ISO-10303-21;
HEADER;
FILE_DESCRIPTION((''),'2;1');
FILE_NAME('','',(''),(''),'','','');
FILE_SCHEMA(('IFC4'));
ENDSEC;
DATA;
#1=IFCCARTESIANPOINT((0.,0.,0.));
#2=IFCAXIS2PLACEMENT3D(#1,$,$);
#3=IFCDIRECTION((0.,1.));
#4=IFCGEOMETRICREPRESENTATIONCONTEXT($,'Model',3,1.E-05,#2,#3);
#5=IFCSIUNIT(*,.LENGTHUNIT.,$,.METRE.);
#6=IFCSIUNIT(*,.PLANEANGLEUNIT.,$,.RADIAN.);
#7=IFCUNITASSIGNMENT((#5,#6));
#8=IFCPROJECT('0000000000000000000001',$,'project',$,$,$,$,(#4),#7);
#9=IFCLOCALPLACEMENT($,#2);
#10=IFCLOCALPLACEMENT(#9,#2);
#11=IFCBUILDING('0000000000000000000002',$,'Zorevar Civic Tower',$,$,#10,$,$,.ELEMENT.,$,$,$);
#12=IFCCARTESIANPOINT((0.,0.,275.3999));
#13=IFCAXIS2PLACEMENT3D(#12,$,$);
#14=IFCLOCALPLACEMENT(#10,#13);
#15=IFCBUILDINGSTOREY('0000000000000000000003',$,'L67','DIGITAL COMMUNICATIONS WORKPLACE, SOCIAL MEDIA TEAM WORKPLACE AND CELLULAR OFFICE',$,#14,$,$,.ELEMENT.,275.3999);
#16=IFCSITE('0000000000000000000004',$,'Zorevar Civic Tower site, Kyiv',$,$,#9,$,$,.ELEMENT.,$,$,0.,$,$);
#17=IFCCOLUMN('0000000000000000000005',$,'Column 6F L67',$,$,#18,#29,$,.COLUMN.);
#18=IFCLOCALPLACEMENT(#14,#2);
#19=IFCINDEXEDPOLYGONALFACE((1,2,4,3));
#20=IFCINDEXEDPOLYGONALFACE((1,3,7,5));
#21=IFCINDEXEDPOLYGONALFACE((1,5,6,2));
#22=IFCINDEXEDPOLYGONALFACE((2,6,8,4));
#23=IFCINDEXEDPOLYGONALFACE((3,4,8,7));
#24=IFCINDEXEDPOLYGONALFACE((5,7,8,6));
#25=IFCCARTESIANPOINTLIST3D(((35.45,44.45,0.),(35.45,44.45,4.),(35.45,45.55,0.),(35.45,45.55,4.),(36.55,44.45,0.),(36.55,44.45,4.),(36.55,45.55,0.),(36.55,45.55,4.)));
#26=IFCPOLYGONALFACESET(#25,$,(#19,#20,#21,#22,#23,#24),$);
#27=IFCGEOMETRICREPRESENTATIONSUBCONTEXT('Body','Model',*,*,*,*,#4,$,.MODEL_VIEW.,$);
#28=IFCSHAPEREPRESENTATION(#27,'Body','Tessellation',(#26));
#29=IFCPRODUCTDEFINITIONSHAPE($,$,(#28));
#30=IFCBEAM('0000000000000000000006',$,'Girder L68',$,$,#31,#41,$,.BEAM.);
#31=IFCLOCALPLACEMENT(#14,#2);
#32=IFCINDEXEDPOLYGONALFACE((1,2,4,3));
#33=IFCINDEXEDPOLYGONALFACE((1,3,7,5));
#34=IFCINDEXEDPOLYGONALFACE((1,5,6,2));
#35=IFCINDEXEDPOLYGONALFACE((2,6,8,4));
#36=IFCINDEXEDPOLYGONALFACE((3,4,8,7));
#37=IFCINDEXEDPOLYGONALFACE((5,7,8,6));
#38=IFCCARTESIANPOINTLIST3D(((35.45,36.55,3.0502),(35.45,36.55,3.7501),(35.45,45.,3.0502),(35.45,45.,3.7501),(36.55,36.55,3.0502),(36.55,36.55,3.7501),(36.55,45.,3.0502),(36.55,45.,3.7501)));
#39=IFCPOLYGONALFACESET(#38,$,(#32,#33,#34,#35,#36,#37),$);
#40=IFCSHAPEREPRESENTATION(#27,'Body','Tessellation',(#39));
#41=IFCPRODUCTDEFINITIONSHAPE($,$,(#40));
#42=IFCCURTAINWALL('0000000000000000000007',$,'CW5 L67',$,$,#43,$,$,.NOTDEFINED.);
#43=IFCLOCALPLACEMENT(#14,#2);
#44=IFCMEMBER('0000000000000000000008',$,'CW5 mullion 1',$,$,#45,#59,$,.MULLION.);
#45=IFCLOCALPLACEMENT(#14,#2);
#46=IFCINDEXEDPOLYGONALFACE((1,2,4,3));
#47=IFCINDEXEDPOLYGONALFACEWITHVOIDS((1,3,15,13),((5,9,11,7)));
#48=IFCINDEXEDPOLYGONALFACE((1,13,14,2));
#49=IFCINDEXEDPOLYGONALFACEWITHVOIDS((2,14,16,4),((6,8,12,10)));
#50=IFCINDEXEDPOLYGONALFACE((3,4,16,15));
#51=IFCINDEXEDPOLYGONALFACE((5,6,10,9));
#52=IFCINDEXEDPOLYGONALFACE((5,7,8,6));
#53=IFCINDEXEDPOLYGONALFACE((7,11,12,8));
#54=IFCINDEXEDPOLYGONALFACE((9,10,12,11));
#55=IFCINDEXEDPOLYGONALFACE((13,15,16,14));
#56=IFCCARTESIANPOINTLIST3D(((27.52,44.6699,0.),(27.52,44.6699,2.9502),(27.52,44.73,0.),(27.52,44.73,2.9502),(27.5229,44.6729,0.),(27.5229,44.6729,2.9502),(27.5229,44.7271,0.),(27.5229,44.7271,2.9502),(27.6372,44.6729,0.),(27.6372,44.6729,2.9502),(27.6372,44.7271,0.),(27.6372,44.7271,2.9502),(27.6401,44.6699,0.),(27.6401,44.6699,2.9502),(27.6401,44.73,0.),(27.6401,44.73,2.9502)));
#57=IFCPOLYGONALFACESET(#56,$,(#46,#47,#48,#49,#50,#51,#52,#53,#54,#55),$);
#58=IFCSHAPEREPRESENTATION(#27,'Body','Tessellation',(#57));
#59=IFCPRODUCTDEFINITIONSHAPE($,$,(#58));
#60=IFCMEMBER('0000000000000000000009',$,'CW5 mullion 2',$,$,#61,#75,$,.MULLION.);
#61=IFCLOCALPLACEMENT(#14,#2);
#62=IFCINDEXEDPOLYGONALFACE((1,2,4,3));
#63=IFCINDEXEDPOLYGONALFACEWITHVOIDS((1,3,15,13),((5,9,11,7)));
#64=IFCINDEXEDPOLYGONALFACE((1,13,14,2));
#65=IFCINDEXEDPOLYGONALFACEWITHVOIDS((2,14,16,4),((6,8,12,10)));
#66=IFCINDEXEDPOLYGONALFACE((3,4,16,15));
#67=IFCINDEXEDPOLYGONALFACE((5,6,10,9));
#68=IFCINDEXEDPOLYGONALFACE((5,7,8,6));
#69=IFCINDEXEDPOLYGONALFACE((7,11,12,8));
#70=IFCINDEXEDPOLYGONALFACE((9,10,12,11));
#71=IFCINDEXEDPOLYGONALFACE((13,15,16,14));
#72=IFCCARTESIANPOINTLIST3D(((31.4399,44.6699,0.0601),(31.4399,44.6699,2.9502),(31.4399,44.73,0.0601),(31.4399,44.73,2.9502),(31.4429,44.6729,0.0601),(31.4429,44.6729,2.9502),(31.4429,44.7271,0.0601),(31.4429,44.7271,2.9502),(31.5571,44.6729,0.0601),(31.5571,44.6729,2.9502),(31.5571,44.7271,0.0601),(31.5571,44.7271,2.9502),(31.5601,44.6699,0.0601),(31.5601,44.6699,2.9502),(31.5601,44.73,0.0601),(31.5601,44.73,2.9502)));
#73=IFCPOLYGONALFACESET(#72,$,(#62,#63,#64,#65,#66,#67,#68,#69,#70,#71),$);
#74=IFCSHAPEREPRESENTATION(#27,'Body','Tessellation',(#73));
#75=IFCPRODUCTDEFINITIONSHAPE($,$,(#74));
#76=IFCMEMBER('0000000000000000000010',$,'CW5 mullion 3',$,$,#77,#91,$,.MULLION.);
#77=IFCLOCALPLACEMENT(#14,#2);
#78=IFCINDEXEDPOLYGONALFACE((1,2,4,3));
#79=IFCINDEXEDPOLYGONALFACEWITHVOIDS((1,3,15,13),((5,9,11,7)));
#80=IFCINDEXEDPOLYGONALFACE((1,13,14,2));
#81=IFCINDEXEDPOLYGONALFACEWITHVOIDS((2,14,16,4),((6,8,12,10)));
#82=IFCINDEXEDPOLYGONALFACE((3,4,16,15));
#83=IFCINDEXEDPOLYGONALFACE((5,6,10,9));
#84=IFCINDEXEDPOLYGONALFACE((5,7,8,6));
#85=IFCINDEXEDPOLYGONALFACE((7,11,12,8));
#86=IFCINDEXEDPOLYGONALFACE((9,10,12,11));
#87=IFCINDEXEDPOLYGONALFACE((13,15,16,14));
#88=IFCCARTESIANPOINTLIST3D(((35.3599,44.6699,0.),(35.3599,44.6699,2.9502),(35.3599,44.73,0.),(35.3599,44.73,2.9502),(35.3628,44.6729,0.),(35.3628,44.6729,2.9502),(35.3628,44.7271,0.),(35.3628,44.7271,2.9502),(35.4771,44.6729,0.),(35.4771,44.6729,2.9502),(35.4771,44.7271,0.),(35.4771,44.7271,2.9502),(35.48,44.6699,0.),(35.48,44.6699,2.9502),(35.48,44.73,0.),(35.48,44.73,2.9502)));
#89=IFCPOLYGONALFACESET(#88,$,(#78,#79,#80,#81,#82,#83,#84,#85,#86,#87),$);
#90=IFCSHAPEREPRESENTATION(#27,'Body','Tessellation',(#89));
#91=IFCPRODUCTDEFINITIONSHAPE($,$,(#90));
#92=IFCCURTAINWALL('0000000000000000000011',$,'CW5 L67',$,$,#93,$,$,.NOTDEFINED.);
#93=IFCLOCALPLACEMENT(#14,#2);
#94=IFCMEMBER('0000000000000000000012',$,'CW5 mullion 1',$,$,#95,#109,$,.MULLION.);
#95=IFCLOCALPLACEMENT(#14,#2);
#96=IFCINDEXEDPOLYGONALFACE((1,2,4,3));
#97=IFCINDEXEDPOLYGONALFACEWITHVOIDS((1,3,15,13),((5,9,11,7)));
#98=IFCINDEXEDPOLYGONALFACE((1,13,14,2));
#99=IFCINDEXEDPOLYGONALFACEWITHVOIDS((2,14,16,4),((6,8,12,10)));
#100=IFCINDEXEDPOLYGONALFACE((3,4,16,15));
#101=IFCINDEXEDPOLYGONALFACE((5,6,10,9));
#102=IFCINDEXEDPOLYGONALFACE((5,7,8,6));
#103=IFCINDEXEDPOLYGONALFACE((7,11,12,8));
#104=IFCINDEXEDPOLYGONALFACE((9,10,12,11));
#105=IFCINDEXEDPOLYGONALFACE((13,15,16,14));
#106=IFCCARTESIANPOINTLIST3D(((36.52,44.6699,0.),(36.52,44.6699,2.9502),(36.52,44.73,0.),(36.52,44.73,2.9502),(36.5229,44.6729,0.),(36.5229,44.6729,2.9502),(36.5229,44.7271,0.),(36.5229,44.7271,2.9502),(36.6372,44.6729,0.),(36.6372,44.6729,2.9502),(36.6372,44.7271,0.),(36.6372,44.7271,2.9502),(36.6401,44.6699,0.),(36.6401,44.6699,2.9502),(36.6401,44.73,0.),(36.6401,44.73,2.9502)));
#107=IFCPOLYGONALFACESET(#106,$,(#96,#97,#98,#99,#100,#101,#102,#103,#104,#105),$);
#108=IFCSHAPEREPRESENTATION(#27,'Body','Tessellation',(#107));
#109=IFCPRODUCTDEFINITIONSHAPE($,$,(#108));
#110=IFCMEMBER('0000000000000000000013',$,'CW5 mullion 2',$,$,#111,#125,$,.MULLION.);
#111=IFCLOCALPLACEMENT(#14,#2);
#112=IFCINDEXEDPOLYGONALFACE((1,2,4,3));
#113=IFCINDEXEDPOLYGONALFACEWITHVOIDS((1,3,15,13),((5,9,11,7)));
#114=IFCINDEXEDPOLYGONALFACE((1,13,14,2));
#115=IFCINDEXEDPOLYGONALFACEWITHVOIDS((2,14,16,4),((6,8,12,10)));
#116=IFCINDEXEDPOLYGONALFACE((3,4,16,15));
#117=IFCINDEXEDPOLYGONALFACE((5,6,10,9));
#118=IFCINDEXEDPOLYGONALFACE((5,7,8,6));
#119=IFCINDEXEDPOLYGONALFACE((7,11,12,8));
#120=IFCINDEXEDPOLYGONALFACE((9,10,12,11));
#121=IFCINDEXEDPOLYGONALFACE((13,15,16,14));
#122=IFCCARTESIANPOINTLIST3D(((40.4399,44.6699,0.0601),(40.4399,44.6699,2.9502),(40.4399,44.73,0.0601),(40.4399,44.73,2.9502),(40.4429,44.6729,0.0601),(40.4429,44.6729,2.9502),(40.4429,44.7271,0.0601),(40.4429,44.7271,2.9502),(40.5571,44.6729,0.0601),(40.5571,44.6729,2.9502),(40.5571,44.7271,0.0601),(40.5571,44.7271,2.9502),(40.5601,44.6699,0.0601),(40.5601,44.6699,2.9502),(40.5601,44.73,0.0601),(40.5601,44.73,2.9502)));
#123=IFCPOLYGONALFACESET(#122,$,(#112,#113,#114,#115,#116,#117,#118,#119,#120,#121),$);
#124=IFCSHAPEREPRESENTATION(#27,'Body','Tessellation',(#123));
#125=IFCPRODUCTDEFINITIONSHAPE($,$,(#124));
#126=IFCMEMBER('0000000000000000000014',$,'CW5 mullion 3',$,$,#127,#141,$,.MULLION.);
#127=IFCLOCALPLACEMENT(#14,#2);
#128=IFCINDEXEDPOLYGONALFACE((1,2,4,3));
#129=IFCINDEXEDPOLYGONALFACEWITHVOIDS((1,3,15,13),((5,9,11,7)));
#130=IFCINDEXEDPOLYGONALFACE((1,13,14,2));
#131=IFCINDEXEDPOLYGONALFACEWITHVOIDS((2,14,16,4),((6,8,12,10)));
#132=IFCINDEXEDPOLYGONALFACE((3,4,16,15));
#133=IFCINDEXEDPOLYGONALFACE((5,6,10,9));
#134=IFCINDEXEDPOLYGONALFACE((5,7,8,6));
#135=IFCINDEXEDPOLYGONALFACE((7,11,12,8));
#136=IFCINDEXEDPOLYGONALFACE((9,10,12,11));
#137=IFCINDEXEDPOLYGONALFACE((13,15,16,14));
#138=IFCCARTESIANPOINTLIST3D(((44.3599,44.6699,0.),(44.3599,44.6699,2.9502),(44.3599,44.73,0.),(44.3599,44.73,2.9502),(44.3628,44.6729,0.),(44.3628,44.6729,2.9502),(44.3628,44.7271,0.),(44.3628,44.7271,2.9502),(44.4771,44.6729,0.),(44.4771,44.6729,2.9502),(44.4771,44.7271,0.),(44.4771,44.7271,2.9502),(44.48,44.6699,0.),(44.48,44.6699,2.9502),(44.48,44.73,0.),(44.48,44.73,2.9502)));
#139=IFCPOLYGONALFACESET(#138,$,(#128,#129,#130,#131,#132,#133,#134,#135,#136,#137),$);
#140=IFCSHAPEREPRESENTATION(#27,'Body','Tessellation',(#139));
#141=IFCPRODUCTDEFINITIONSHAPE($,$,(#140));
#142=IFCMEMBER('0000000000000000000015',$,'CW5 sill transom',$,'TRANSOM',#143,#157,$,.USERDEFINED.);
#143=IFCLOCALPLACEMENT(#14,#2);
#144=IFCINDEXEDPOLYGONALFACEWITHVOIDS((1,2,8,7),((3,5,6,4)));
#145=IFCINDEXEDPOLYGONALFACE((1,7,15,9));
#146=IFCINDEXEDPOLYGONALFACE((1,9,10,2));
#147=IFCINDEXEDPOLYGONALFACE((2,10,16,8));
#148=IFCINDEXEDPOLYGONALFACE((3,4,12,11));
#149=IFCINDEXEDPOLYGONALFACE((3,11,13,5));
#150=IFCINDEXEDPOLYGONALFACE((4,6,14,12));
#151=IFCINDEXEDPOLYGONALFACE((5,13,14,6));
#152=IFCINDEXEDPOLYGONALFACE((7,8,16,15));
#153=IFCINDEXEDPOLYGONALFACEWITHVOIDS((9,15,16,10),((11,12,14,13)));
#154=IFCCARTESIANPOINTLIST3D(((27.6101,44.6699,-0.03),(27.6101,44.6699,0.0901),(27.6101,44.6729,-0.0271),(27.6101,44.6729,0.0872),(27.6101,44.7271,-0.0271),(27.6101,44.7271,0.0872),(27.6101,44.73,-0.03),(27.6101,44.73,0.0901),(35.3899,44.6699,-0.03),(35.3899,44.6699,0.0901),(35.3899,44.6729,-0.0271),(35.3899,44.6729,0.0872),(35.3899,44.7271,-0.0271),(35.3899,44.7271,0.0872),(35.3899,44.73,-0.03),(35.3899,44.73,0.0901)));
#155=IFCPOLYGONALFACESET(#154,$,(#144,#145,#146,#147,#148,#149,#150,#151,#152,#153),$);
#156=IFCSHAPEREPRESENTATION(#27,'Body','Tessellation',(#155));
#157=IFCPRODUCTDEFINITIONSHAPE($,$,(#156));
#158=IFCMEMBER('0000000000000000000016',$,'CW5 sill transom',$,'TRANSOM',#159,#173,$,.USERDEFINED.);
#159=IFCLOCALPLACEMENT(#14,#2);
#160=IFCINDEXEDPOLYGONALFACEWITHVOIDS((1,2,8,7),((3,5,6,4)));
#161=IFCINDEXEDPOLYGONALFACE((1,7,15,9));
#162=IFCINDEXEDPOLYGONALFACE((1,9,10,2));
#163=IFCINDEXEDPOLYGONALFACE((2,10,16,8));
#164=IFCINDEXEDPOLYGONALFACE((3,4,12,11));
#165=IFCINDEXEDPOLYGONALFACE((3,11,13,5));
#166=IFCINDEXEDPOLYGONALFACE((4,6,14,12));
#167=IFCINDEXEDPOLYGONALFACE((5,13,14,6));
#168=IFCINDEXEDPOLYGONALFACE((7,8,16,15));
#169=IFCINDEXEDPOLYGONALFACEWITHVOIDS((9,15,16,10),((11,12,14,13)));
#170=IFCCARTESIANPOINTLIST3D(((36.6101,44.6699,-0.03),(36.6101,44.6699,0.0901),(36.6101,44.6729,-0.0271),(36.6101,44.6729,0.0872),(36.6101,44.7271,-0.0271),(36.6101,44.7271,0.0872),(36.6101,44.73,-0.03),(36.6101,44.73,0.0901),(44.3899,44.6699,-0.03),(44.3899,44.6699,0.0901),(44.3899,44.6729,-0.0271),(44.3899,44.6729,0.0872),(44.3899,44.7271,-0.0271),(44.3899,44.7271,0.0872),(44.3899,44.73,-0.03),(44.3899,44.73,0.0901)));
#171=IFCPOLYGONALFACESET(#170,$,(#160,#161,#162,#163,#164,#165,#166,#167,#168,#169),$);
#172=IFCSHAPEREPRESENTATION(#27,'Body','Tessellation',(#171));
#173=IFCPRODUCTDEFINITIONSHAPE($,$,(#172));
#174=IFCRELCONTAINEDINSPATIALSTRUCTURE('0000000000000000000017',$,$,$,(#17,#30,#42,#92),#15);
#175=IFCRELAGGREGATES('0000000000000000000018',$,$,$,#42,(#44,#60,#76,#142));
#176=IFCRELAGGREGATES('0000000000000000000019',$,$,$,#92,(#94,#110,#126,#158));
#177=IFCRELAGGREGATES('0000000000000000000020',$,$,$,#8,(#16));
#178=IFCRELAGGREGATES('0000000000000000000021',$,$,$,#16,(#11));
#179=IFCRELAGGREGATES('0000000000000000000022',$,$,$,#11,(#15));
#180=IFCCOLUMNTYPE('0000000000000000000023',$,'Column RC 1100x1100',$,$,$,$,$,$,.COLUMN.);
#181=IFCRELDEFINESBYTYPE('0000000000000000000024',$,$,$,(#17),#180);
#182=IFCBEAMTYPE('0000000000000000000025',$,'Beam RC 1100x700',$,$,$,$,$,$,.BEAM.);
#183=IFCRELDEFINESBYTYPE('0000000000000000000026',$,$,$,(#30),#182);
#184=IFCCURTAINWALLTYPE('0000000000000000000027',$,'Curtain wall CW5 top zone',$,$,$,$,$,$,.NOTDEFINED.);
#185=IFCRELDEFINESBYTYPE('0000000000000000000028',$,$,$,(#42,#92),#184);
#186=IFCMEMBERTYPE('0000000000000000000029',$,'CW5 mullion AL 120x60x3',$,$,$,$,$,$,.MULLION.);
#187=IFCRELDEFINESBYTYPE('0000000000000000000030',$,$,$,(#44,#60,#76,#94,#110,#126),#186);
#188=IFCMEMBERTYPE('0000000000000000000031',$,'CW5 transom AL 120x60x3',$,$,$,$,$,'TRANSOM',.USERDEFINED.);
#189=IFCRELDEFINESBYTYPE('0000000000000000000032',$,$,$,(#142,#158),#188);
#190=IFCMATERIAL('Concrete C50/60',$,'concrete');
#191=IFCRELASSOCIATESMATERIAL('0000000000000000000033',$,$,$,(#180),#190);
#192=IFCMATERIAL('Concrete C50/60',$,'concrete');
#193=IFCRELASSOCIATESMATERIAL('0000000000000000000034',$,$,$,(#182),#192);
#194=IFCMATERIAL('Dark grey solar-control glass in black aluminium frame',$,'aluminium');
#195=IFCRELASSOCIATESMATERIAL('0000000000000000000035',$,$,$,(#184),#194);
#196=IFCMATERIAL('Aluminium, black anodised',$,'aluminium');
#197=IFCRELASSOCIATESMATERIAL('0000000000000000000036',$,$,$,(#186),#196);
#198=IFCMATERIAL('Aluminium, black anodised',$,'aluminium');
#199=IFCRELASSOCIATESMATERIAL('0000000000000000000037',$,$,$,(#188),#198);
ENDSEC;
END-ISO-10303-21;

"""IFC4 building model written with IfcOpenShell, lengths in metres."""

from ifc_helpers import new_model, si_unit, direction, frame, origin, origin_2d, place, context, subcontext, project, spatial, rectangle, hollow_rectangle, extrude, material, material_profile, profile_set, type_object, element, aggregate, save


model = new_model("IFC4")

# Units and contexts
model_context = context("Model", 3, precision=1e-05, world=origin(), true_north=direction((0.0, 1.0)))
body_context = subcontext(model_context, "Body", "Model", "MODEL_VIEW")
ifc_project = project(units=[si_unit("LENGTHUNIT", "METRE"), si_unit("PLANEANGLEUNIT", "RADIAN")], contexts=[model_context])

# Site, building, storey
site_placement = place(None, origin())
site = spatial("IfcSite", under=ifc_project, at=site_placement, Name="Zorevar Civic Tower site, Kyiv", CompositionType="ELEMENT", RefElevation=0.0)
building_placement = place(site_placement, origin())
building = spatial("IfcBuilding", under=site, at=building_placement, Name="Zorevar Civic Tower", CompositionType="ELEMENT")
storey_placement = place(building_placement, frame((0.0, 0.0, 275.3999)))
storey = spatial("IfcBuildingStorey", under=building, at=storey_placement, Name="L67", Description="DIGITAL COMMUNICATIONS WORKPLACE, SOCIAL MEDIA TEAM WORKPLACE AND CELLULAR OFFICE", CompositionType="ELEMENT", Elevation=275.3999)

# Column
ifc_material_1 = material(Name="Concrete C50/60", Category="concrete")
ifc_material_profile_1 = material_profile(ifc_material_1, rectangle(XDim=1.1001, YDim=1.1001, at=origin_2d()), Name="RC 1100x1100")
ifc_profile_set_1 = profile_set([ifc_material_profile_1], Name="Concrete C50/60")
column_type = type_object("IfcColumnType", Name="Column RC 1100x1100", PredefinedType="COLUMN", material=ifc_profile_set_1)
column_placement = place(storey_placement, frame((36.0, 45.0, 0.0), z_axis=(0.0, 0.0, 1.0), x_axis=(1.0, 0.0, 0.0)))
element("IfcColumn", 1, at=column_placement, inside=storey, type_object=column_type, Name="Column 6F L67", PredefinedType="COLUMN", context=body_context, shape_type="SweptSolid", body=[
    extrude(rectangle(XDim=1.1001, YDim=1.1001, at=origin_2d()), origin(), (0.0, 0.0, 1.0), 4.0),
])

# Beam
ifc_material_2 = material(Name="Concrete C50/60", Category="concrete")
ifc_material_profile_2 = material_profile(ifc_material_2, rectangle(XDim=1.1001, YDim=0.7, at=origin_2d()), Name="RC 1100x700")
ifc_profile_set_2 = profile_set([ifc_material_profile_2], Name="Concrete C50/60")
beam_type_1 = type_object("IfcBeamType", Name="Beam RC 1100x700", PredefinedType="BEAM", material=ifc_profile_set_2)
beam_placement = place(storey_placement, frame((36.0, 36.55, 3.4001), z_axis=(0.0, 1.0, 0.0), x_axis=(-1.0, 0.0, 0.0)))
element("IfcBeam", 2, at=beam_placement, inside=storey, type_object=beam_type_1, Name="Girder L68", PredefinedType="BEAM", context=body_context, shape_type="SweptSolid", body=[
    extrude(rectangle(XDim=1.1001, YDim=0.7, at=origin_2d()), origin(), (0.0, 0.0, 1.0), 8.45),
])

# Curtain walls, members
ifc_material_3 = material(Name="Dark grey solar-control glass in black aluminium frame", Category="aluminium")
curtain_wall_type = type_object("IfcCurtainWallType", Name="Curtain wall CW5 top zone", PredefinedType="NOTDEFINED", material=ifc_material_3)
curtain_wall_1_placement = place(storey_placement, origin())
curtain_wall_1 = element("IfcCurtainWall", 3, at=curtain_wall_1_placement, inside=storey, type_object=curtain_wall_type, Name="CW5 L67", PredefinedType="NOTDEFINED")
ifc_material_4 = material(Name="Aluminium, black anodised", Category="aluminium")
ifc_material_profile_3 = material_profile(ifc_material_4, hollow_rectangle(XDim=0.0601, YDim=0.1201, WallThickness=0.0029, at=origin_2d()), Name="AL 120x60x3")
ifc_profile_set_3 = profile_set([ifc_material_profile_3], Name="Aluminium, black anodised")
member_type_1 = type_object("IfcMemberType", Name="CW5 mullion AL 120x60x3", PredefinedType="MULLION", material=ifc_profile_set_3)
member_1_placement = place(storey_placement, frame((27.5801, 44.7, 0.0), z_axis=(0.0, 0.0, 1.0), x_axis=(0.0, 1.0, 0.0)))
member_1 = element("IfcMember", 4, at=member_1_placement, type_object=member_type_1, Name="CW5 mullion 1", PredefinedType="MULLION", context=body_context, shape_type="SweptSolid", body=[
    extrude(hollow_rectangle(XDim=0.0601, YDim=0.1201, WallThickness=0.0029, at=origin_2d()), origin(), (0.0, 0.0, 1.0), 2.9502),
])
member_2_placement = place(storey_placement, frame((31.5, 44.7, 0.0601), z_axis=(0.0, 0.0, 1.0), x_axis=(0.0, 1.0, 0.0)))
member_2 = element("IfcMember", 5, at=member_2_placement, type_object=member_type_1, Name="CW5 mullion 2", PredefinedType="MULLION", context=body_context, shape_type="SweptSolid", body=[
    extrude(hollow_rectangle(XDim=0.0601, YDim=0.1201, WallThickness=0.0029, at=origin_2d()), origin(), (0.0, 0.0, 1.0), 2.8901),
])
member_3_placement = place(storey_placement, frame((35.4199, 44.7, 0.0), z_axis=(0.0, 0.0, 1.0), x_axis=(0.0, 1.0, 0.0)))
member_3 = element("IfcMember", 6, at=member_3_placement, type_object=member_type_1, Name="CW5 mullion 3", PredefinedType="MULLION", context=body_context, shape_type="SweptSolid", body=[
    extrude(hollow_rectangle(XDim=0.0601, YDim=0.1201, WallThickness=0.0029, at=origin_2d()), origin(), (0.0, 0.0, 1.0), 2.9502),
])
curtain_wall_2_placement = place(storey_placement, origin())
curtain_wall_2 = element("IfcCurtainWall", 7, at=curtain_wall_2_placement, inside=storey, type_object=curtain_wall_type, Name="CW5 L67", PredefinedType="NOTDEFINED")
member_4_placement = place(storey_placement, frame((36.5801, 44.7, 0.0), z_axis=(0.0, 0.0, 1.0), x_axis=(0.0, 1.0, 0.0)))
member_4 = element("IfcMember", 8, at=member_4_placement, type_object=member_type_1, Name="CW5 mullion 1", PredefinedType="MULLION", context=body_context, shape_type="SweptSolid", body=[
    extrude(hollow_rectangle(XDim=0.0601, YDim=0.1201, WallThickness=0.0029, at=origin_2d()), origin(), (0.0, 0.0, 1.0), 2.9502),
])
member_5_placement = place(storey_placement, frame((40.5, 44.7, 0.0601), z_axis=(0.0, 0.0, 1.0), x_axis=(0.0, 1.0, 0.0)))
member_5 = element("IfcMember", 9, at=member_5_placement, type_object=member_type_1, Name="CW5 mullion 2", PredefinedType="MULLION", context=body_context, shape_type="SweptSolid", body=[
    extrude(hollow_rectangle(XDim=0.0601, YDim=0.1201, WallThickness=0.0029, at=origin_2d()), origin(), (0.0, 0.0, 1.0), 2.8901),
])
member_6_placement = place(storey_placement, frame((44.4199, 44.7, 0.0), z_axis=(0.0, 0.0, 1.0), x_axis=(0.0, 1.0, 0.0)))
member_6 = element("IfcMember", 10, at=member_6_placement, type_object=member_type_1, Name="CW5 mullion 3", PredefinedType="MULLION", context=body_context, shape_type="SweptSolid", body=[
    extrude(hollow_rectangle(XDim=0.0601, YDim=0.1201, WallThickness=0.0029, at=origin_2d()), origin(), (0.0, 0.0, 1.0), 2.9502),
])

# Members
ifc_material_5 = material(Name="Aluminium, black anodised", Category="aluminium")
ifc_material_profile_4 = material_profile(ifc_material_5, hollow_rectangle(XDim=0.0601, YDim=0.1201, WallThickness=0.0029, at=origin_2d()), Name="AL 120x60x3")
ifc_profile_set_4 = profile_set([ifc_material_profile_4], Name="Aluminium, black anodised")
member_type_2 = type_object("IfcMemberType", Name="CW5 transom AL 120x60x3", ElementType="TRANSOM", PredefinedType="USERDEFINED", material=ifc_profile_set_4)
member_7_placement = place(storey_placement, frame((27.6101, 44.7, 0.03), z_axis=(1.0, 0.0, 0.0), x_axis=(0.0, 1.0, 0.0)))
member_7 = element("IfcMember", 11, at=member_7_placement, type_object=member_type_2, Name="CW5 sill transom", ObjectType="TRANSOM", PredefinedType="USERDEFINED", context=body_context, shape_type="SweptSolid", body=[
    extrude(hollow_rectangle(XDim=0.0601, YDim=0.1201, WallThickness=0.0029, at=origin_2d()), origin(), (0.0, 0.0, 1.0), 7.7798),
])
member_8_placement = place(storey_placement, frame((36.6101, 44.7, 0.03), z_axis=(1.0, 0.0, 0.0), x_axis=(0.0, 1.0, 0.0)))
member_8 = element("IfcMember", 12, at=member_8_placement, type_object=member_type_2, Name="CW5 sill transom", ObjectType="TRANSOM", PredefinedType="USERDEFINED", context=body_context, shape_type="SweptSolid", body=[
    extrude(hollow_rectangle(XDim=0.0601, YDim=0.1201, WallThickness=0.0029, at=origin_2d()), origin(), (0.0, 0.0, 1.0), 7.7798),
])

aggregate(curtain_wall_1, [member_1, member_2, member_3, member_7])
aggregate(curtain_wall_2, [member_4, member_5, member_6, member_8])

save(model, "model.ifc")
